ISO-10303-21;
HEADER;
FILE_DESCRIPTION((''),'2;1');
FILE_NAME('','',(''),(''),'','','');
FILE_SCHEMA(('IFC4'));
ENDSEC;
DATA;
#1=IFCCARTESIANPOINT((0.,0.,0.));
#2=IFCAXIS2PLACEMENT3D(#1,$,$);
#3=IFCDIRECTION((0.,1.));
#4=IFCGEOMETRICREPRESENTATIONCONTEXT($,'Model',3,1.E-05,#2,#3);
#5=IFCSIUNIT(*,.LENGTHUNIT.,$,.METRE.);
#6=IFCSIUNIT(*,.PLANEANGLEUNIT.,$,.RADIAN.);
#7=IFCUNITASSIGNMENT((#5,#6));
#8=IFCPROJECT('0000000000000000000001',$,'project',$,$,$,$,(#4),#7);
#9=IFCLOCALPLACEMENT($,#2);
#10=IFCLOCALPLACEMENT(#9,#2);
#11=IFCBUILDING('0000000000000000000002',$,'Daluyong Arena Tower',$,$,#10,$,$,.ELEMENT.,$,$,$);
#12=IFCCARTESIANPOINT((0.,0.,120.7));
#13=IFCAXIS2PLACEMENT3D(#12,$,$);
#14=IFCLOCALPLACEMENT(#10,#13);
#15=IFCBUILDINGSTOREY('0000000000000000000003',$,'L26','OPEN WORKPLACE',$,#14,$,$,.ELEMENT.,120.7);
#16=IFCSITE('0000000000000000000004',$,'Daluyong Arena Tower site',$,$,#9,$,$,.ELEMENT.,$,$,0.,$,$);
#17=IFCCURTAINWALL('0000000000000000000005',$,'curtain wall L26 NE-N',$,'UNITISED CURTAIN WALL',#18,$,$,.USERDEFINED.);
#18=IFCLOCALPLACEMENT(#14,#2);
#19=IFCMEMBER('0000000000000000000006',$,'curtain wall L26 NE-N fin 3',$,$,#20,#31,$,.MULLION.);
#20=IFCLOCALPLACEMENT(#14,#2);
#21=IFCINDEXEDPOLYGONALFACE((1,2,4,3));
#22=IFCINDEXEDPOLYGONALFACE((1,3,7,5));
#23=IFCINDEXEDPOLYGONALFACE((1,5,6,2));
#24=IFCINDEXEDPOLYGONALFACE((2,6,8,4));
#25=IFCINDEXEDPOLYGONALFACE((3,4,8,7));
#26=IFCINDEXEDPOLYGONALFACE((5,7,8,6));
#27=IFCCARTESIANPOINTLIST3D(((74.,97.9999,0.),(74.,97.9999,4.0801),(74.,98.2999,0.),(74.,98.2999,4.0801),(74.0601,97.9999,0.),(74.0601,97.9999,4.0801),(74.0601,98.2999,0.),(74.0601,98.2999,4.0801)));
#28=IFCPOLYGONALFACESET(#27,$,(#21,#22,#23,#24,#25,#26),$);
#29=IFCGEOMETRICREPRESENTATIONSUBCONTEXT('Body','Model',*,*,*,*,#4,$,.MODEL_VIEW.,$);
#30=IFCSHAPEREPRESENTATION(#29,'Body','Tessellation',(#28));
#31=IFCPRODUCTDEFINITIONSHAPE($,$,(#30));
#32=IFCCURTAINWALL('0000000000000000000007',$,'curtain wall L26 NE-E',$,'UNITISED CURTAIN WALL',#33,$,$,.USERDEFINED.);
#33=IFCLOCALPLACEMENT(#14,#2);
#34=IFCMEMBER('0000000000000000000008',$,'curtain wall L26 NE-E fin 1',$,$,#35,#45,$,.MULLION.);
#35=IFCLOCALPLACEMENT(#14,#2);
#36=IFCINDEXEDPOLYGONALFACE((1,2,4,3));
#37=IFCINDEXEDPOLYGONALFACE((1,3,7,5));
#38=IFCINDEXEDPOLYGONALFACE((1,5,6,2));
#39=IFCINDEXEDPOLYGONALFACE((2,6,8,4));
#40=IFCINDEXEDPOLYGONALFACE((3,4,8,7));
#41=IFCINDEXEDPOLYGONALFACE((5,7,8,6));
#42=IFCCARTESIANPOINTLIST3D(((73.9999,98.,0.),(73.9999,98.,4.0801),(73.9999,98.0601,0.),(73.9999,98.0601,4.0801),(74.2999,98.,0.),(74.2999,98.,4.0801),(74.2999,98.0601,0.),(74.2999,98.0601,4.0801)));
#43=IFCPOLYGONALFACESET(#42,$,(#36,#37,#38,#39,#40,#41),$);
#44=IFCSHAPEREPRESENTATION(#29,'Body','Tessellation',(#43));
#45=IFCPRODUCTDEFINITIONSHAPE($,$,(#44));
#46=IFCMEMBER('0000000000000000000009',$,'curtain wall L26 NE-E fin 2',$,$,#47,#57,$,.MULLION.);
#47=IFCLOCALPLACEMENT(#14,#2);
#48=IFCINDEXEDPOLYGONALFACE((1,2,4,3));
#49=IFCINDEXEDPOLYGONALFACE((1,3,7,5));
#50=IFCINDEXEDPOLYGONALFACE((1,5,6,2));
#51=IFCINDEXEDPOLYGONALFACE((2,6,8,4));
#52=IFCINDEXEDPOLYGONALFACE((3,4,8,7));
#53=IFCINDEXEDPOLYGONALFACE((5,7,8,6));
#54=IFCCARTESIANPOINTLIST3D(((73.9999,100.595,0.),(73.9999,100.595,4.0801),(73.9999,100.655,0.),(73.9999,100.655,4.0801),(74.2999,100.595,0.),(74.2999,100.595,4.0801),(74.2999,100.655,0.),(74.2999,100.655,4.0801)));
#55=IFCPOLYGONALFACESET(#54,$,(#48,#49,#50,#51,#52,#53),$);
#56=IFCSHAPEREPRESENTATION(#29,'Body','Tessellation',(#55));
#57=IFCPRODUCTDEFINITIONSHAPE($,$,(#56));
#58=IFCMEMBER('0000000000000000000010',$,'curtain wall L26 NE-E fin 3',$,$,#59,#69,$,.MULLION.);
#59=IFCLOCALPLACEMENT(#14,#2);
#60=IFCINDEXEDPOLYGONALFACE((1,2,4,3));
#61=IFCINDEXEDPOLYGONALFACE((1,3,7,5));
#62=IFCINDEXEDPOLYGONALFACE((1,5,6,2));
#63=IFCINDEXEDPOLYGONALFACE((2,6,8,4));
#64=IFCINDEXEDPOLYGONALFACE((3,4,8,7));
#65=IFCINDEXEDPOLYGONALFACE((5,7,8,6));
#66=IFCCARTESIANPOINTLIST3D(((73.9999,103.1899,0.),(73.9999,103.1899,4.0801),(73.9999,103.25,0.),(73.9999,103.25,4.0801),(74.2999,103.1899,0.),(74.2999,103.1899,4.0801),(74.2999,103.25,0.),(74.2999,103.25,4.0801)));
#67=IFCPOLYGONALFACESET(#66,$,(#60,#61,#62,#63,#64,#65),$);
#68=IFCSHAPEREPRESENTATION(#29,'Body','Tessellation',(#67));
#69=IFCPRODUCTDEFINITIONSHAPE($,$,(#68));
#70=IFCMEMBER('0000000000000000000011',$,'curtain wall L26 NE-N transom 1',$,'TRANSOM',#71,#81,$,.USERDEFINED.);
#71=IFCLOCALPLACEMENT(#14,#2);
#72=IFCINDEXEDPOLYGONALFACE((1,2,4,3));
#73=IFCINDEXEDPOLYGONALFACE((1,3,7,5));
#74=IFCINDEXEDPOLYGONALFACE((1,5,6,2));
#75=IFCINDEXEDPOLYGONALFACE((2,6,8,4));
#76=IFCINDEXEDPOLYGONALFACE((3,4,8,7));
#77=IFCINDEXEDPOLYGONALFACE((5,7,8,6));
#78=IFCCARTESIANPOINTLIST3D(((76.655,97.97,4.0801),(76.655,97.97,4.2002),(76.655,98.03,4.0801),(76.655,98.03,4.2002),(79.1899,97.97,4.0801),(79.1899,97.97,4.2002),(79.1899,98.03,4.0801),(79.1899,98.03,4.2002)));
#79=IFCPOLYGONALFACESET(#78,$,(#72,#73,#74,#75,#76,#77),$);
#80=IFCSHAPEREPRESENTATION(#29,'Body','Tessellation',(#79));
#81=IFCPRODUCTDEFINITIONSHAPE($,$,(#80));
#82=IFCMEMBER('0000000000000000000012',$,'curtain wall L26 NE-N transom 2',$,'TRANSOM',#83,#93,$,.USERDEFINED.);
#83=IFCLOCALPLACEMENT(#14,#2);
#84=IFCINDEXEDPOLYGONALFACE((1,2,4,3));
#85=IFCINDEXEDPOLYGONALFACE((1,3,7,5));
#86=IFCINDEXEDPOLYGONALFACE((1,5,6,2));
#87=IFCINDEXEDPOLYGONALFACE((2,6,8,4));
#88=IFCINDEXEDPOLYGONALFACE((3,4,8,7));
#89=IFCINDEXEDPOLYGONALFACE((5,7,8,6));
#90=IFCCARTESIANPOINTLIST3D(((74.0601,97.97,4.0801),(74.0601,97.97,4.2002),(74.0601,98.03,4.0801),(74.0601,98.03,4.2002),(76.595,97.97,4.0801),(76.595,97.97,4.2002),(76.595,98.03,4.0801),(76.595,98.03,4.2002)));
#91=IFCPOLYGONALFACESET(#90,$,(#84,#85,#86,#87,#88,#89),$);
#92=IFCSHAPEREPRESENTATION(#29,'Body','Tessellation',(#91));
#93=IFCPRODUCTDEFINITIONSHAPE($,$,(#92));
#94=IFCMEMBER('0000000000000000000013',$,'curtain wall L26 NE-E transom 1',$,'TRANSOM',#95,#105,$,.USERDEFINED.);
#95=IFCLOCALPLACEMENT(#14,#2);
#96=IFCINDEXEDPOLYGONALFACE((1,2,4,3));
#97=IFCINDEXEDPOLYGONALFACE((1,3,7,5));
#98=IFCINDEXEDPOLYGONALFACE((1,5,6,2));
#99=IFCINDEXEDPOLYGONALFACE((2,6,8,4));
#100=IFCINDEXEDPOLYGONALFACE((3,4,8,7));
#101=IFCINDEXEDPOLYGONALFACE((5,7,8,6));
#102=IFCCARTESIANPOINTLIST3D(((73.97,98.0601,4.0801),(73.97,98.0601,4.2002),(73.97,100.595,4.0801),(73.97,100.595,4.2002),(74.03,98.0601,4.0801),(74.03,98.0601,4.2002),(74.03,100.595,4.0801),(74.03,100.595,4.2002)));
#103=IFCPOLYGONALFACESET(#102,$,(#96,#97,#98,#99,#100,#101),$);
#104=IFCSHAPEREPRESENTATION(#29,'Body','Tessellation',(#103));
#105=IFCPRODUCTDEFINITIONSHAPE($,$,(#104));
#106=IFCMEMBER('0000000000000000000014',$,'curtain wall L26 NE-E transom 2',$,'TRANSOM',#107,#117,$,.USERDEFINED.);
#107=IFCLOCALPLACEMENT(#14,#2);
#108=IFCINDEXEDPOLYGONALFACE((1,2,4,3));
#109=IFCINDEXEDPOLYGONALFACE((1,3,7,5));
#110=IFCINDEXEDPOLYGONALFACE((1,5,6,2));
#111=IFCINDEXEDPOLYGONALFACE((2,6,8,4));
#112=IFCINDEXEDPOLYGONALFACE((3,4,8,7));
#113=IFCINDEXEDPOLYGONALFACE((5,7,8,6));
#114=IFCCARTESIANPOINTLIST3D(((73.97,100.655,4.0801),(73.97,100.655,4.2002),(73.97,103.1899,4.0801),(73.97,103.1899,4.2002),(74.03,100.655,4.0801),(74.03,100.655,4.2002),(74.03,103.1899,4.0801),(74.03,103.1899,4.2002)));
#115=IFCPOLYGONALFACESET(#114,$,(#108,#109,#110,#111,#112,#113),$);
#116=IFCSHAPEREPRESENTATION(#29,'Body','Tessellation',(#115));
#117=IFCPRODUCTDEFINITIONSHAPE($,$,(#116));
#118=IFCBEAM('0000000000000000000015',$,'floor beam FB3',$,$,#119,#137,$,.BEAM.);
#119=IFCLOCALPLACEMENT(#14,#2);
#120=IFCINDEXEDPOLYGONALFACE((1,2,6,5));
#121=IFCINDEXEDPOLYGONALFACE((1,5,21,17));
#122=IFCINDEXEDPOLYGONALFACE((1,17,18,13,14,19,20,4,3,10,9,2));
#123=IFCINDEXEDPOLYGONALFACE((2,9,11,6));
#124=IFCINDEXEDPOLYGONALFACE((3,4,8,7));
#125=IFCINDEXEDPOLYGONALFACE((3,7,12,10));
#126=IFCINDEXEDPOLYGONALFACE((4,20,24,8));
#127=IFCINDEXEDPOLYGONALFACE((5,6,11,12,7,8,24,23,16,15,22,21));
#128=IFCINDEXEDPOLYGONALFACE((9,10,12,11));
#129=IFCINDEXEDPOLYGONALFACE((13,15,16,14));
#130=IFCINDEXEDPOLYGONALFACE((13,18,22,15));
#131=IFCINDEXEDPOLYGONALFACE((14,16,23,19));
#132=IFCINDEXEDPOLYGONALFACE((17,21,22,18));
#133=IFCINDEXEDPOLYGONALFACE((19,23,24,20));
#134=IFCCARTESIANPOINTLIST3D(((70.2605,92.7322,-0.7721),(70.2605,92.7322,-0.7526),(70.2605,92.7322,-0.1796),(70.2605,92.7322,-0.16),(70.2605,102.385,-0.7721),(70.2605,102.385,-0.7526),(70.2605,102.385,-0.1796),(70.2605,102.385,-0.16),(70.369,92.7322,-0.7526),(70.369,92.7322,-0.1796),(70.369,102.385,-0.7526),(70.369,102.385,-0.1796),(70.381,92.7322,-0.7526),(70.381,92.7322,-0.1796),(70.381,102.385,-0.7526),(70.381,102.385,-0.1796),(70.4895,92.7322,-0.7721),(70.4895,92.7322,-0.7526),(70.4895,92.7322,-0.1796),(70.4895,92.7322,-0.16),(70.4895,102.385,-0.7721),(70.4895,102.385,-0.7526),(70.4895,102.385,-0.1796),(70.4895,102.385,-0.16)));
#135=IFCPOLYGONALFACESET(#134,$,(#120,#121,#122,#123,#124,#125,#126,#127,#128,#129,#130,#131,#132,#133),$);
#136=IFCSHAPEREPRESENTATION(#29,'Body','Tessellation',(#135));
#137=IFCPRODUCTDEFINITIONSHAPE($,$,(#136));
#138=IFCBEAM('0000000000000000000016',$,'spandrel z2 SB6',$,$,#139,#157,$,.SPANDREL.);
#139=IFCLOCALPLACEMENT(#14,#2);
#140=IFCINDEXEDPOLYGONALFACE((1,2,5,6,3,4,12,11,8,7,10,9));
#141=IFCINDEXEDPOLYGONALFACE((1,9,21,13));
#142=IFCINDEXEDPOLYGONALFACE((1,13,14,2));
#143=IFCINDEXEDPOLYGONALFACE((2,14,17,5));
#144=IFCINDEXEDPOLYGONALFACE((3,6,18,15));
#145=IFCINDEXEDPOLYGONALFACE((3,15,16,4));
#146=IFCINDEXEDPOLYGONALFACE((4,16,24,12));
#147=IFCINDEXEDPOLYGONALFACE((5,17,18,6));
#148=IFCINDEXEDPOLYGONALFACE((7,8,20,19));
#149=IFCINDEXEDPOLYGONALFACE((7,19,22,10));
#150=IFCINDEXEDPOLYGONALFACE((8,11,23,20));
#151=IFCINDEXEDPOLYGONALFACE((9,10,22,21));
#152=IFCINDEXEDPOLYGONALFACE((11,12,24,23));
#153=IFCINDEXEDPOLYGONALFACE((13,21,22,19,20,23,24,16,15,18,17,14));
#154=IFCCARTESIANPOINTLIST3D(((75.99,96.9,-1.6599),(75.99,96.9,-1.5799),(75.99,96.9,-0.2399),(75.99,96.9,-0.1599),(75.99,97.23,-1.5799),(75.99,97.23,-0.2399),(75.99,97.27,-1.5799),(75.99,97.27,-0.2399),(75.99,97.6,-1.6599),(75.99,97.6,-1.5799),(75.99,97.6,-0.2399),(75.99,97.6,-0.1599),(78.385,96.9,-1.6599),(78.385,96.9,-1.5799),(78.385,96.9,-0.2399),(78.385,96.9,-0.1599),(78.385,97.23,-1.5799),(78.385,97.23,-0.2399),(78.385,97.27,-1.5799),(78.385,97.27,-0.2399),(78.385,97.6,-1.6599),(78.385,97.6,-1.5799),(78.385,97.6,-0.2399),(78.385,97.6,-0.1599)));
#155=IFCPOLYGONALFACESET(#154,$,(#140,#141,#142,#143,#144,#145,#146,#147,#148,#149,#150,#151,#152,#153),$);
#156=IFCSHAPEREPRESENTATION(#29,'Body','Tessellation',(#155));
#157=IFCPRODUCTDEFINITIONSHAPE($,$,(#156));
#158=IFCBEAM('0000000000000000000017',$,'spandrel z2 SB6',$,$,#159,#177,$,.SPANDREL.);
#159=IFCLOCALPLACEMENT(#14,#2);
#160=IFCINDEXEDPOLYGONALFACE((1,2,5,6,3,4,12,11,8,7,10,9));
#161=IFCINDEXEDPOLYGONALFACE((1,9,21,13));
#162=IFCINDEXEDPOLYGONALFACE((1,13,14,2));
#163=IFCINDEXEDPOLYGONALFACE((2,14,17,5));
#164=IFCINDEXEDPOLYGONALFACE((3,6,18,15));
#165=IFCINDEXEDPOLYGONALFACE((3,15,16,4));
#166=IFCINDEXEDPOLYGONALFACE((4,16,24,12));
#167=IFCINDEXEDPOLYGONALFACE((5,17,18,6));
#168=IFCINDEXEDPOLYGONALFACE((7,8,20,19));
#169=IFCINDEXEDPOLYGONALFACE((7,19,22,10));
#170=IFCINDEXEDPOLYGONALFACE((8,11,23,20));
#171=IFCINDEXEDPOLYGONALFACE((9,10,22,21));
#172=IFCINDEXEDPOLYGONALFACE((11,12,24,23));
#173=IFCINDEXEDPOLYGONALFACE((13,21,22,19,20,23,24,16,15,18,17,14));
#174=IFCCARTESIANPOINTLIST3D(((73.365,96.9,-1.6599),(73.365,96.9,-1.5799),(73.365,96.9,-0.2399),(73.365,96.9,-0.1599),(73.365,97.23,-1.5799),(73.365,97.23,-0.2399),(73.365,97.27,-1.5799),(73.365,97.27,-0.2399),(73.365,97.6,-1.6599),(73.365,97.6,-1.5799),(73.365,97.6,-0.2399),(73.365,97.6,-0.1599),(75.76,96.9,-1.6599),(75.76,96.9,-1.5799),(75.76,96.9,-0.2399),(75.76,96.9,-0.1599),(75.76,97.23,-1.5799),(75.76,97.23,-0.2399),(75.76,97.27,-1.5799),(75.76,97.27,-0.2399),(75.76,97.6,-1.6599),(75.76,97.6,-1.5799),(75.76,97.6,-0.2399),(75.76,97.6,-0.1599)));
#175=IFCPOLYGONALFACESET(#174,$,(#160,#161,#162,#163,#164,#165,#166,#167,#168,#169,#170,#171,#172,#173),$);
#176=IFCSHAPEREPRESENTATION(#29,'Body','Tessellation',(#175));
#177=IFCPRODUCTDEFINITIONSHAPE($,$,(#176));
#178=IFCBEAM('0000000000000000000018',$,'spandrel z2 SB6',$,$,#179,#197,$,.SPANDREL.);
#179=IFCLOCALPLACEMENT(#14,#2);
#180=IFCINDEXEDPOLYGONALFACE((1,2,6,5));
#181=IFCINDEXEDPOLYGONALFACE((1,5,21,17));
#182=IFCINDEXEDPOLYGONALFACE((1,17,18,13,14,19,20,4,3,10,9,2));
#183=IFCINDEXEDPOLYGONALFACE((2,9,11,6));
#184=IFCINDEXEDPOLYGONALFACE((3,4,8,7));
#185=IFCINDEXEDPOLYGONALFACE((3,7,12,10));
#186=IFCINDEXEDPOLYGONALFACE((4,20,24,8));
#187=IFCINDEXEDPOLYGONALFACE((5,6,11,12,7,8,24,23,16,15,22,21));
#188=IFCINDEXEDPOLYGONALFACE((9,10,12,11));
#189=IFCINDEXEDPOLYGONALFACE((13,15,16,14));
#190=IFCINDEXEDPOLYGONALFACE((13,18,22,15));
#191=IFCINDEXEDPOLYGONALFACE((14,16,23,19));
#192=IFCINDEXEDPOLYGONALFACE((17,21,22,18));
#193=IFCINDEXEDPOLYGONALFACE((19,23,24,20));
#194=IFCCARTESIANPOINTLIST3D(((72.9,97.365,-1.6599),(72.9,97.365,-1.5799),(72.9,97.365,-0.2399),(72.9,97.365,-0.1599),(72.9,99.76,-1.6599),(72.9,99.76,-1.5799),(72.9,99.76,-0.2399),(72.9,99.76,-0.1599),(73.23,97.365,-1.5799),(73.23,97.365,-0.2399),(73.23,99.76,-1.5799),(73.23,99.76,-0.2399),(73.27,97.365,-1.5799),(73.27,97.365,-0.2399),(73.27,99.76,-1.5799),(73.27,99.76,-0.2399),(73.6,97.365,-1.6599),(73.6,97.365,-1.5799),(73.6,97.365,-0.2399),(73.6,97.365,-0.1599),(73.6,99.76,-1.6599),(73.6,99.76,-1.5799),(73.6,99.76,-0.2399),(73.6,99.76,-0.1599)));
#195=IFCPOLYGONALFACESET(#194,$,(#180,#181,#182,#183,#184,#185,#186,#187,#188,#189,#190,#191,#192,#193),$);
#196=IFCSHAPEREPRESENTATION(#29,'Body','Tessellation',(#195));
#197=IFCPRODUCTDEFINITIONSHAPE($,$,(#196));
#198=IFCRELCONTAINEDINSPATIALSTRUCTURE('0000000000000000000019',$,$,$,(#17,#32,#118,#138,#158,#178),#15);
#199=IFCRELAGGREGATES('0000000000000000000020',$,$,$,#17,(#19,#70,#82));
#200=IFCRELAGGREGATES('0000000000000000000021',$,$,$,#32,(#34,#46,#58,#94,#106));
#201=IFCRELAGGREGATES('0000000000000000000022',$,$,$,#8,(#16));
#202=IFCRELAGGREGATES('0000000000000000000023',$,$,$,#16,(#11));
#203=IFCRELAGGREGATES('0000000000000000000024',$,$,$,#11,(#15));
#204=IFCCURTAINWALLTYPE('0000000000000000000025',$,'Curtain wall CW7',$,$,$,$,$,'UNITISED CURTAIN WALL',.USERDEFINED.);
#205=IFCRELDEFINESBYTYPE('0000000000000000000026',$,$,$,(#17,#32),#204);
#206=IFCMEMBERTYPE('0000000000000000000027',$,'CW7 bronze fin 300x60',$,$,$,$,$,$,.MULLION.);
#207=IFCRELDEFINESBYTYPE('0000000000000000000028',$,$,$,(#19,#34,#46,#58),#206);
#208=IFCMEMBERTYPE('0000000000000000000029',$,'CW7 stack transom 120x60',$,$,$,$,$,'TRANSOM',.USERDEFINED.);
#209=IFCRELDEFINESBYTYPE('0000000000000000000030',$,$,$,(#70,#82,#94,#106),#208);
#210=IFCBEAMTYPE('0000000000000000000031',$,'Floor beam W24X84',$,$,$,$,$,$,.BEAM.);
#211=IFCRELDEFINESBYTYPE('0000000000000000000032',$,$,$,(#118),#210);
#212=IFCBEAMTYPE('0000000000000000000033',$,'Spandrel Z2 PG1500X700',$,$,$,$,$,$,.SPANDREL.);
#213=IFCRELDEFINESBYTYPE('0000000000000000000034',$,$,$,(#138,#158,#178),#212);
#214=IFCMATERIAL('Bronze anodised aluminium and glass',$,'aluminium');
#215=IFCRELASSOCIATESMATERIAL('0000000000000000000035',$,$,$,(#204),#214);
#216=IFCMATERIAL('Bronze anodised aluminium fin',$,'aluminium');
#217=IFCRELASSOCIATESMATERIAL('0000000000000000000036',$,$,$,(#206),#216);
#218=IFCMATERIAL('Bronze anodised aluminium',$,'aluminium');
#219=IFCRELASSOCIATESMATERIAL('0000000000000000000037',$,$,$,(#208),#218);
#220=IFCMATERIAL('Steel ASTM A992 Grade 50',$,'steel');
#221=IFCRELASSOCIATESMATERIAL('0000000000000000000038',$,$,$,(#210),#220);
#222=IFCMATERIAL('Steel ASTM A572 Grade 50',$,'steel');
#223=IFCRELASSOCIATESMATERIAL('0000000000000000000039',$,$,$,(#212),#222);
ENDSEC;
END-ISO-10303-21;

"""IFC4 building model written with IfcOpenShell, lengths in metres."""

from ifc_helpers import new_model, si_unit, direction, frame, origin, origin_2d, place, context, subcontext, project, spatial, rectangle, i_section, extrude, material, material_profile, profile_set, type_object, element, aggregate, save


model = new_model("IFC4")

# Units and contexts
model_context = context("Model", 3, precision=1e-05, world=origin(), true_north=direction((0.0, 1.0)))
body_context = subcontext(model_context, "Body", "Model", "MODEL_VIEW")
ifc_project = project(units=[si_unit("LENGTHUNIT", "METRE"), si_unit("PLANEANGLEUNIT", "RADIAN")], contexts=[model_context])

# Site, building, storey
site_placement = place(None, origin())
site = spatial("IfcSite", under=ifc_project, at=site_placement, Name="Daluyong Arena Tower site", CompositionType="ELEMENT", RefElevation=0.0)
building_placement = place(site_placement, origin())
building = spatial("IfcBuilding", under=site, at=building_placement, Name="Daluyong Arena Tower", CompositionType="ELEMENT")
storey_placement = place(building_placement, frame((0.0, 0.0, 120.7)))
storey = spatial("IfcBuildingStorey", under=building, at=storey_placement, Name="L26", Description="OPEN WORKPLACE", CompositionType="ELEMENT", Elevation=120.7)

# Curtain walls, members
ifc_material_1 = material(Name="Bronze anodised aluminium and glass", Category="aluminium")
curtain_wall_type_1 = type_object("IfcCurtainWallType", Name="Curtain wall CW7", ElementType="UNITISED CURTAIN WALL", PredefinedType="USERDEFINED", material=ifc_material_1)
curtain_wall_1_placement = place(storey_placement, origin())
curtain_wall_1 = element("IfcCurtainWall", 1, at=curtain_wall_1_placement, inside=storey, type_object=curtain_wall_type_1, Name="curtain wall L26 NE-N", ObjectType="UNITISED CURTAIN WALL", PredefinedType="USERDEFINED")
ifc_material_2 = material(Name="Bronze anodised aluminium fin", Category="aluminium")
ifc_material_profile_1 = material_profile(ifc_material_2, rectangle(XDim=0.3, YDim=0.0601, at=origin_2d()))
ifc_profile_set_1 = profile_set([ifc_material_profile_1], Name="Bronze anodised aluminium fin")
member_type_1 = type_object("IfcMemberType", Name="CW7 bronze fin 300x60", PredefinedType="MULLION", material=ifc_profile_set_1)
member_1_placement = place(storey_placement, frame((74.03, 98.1499, 0.0), z_axis=(0.0, 0.0, 1.0), x_axis=(0.0, -1.0, 0.0)))
member_1 = element("IfcMember", 2, at=member_1_placement, type_object=member_type_1, Name="curtain wall L26 NE-N fin 3", PredefinedType="MULLION", context=body_context, shape_type="SweptSolid", body=[
    extrude(rectangle(XDim=0.3, YDim=0.0601, at=origin_2d()), origin(), (0.0, 0.0, 1.0), 4.0801),
])
curtain_wall_2_placement = place(storey_placement, origin())
curtain_wall_2 = element("IfcCurtainWall", 3, at=curtain_wall_2_placement, inside=storey, type_object=curtain_wall_type_1, Name="curtain wall L26 NE-E", ObjectType="UNITISED CURTAIN WALL", PredefinedType="USERDEFINED")
member_2_placement = place(storey_placement, frame((74.1499, 98.03, 0.0), z_axis=(0.0, 0.0, 1.0), x_axis=(-1.0, 0.0, 0.0)))
member_2 = element("IfcMember", 4, at=member_2_placement, type_object=member_type_1, Name="curtain wall L26 NE-E fin 1", PredefinedType="MULLION", context=body_context, shape_type="SweptSolid", body=[
    extrude(rectangle(XDim=0.3, YDim=0.0601, at=origin_2d()), origin(), (0.0, 0.0, 1.0), 4.0801),
])
member_3_placement = place(storey_placement, frame((74.1499, 100.625, 0.0), z_axis=(0.0, 0.0, 1.0), x_axis=(-1.0, 0.0, 0.0)))
member_3 = element("IfcMember", 5, at=member_3_placement, type_object=member_type_1, Name="curtain wall L26 NE-E fin 2", PredefinedType="MULLION", context=body_context, shape_type="SweptSolid", body=[
    extrude(rectangle(XDim=0.3, YDim=0.0601, at=origin_2d()), origin(), (0.0, 0.0, 1.0), 4.0801),
])
member_4_placement = place(storey_placement, frame((74.1499, 103.22, 0.0), z_axis=(0.0, 0.0, 1.0), x_axis=(-1.0, 0.0, 0.0)))
member_4 = element("IfcMember", 6, at=member_4_placement, type_object=member_type_1, Name="curtain wall L26 NE-E fin 3", PredefinedType="MULLION", context=body_context, shape_type="SweptSolid", body=[
    extrude(rectangle(XDim=0.3, YDim=0.0601, at=origin_2d()), origin(), (0.0, 0.0, 1.0), 4.0801),
])

# Members
ifc_material_3 = material(Name="Bronze anodised aluminium", Category="aluminium")
ifc_material_profile_2 = material_profile(ifc_material_3, rectangle(XDim=0.0601, YDim=0.1201, at=origin_2d()))
ifc_profile_set_2 = profile_set([ifc_material_profile_2], Name="Bronze anodised aluminium")
member_type_2 = type_object("IfcMemberType", Name="CW7 stack transom 120x60", ElementType="TRANSOM", PredefinedType="USERDEFINED", material=ifc_profile_set_2)
member_5_placement = place(storey_placement, frame((79.1899, 98.0, 4.1401), z_axis=(-1.0, 0.0, 0.0), x_axis=(0.0, -1.0, 0.0)))
member_5 = element("IfcMember", 7, at=member_5_placement, type_object=member_type_2, Name="curtain wall L26 NE-N transom 1", ObjectType="TRANSOM", PredefinedType="USERDEFINED", context=body_context, shape_type="SweptSolid", body=[
    extrude(rectangle(XDim=0.0601, YDim=0.1201, at=origin_2d()), origin(), (0.0, 0.0, 1.0), 2.5349),
])
member_6_placement = place(storey_placement, frame((76.595, 98.0, 4.1401), z_axis=(-1.0, 0.0, 0.0), x_axis=(0.0, -1.0, 0.0)))
member_6 = element("IfcMember", 8, at=member_6_placement, type_object=member_type_2, Name="curtain wall L26 NE-N transom 2", ObjectType="TRANSOM", PredefinedType="USERDEFINED", context=body_context, shape_type="SweptSolid", body=[
    extrude(rectangle(XDim=0.0601, YDim=0.1201, at=origin_2d()), origin(), (0.0, 0.0, 1.0), 2.5349),
])
member_7_placement = place(storey_placement, frame((74.0, 98.0601, 4.1401), z_axis=(0.0, 1.0, 0.0), x_axis=(-1.0, 0.0, 0.0)))
member_7 = element("IfcMember", 9, at=member_7_placement, type_object=member_type_2, Name="curtain wall L26 NE-E transom 1", ObjectType="TRANSOM", PredefinedType="USERDEFINED", context=body_context, shape_type="SweptSolid", body=[
    extrude(rectangle(XDim=0.0601, YDim=0.1201, at=origin_2d()), origin(), (0.0, 0.0, 1.0), 2.5349),
])
member_8_placement = place(storey_placement, frame((74.0, 100.655, 4.1401), z_axis=(0.0, 1.0, 0.0), x_axis=(-1.0, 0.0, 0.0)))
member_8 = element("IfcMember", 10, at=member_8_placement, type_object=member_type_2, Name="curtain wall L26 NE-E transom 2", ObjectType="TRANSOM", PredefinedType="USERDEFINED", context=body_context, shape_type="SweptSolid", body=[
    extrude(rectangle(XDim=0.0601, YDim=0.1201, at=origin_2d()), origin(), (0.0, 0.0, 1.0), 2.5349),
])

# Beams
ifc_material_4 = material(Name="Steel ASTM A992 Grade 50", Category="steel")
ifc_material_profile_3 = material_profile(ifc_material_4, i_section(OverallWidth=0.229, OverallDepth=0.6121, WebThickness=0.012, FlangeThickness=0.0195, at=origin_2d()))
ifc_profile_set_3 = profile_set([ifc_material_profile_3], Name="Steel ASTM A992 Grade 50")
beam_type_1 = type_object("IfcBeamType", Name="Floor beam W24X84", PredefinedType="BEAM", material=ifc_profile_set_3)
beam_placement = place(storey_placement, frame((70.375, 102.385, -0.4661), z_axis=(0.0, -1.0, 0.0), x_axis=(1.0, 0.0, 0.0)))
element("IfcBeam", 11, at=beam_placement, inside=storey, type_object=beam_type_1, Name="floor beam FB3", PredefinedType="BEAM", context=body_context, shape_type="SweptSolid", body=[
    extrude(i_section(OverallWidth=0.229, OverallDepth=0.6121, WebThickness=0.012, FlangeThickness=0.0195, at=origin_2d()), origin(), (0.0, 0.0, 1.0), 9.6528),
])
ifc_material_5 = material(Name="Steel ASTM A572 Grade 50", Category="steel")
ifc_material_profile_4 = material_profile(ifc_material_5, i_section(OverallWidth=0.7, OverallDepth=1.5, WebThickness=0.04, FlangeThickness=0.08, at=origin_2d()))
ifc_profile_set_4 = profile_set([ifc_material_profile_4], Name="Steel ASTM A572 Grade 50")
beam_type_2 = type_object("IfcBeamType", Name="Spandrel Z2 PG1500X700", PredefinedType="SPANDREL", material=ifc_profile_set_4)
for number, where, z_axis, x_axis, name in (
    (12, (78.385, 97.25, -0.9099), (-1.0, 0.0, 0.0), (0.0, -1.0, 0.0), "spandrel z2 SB6"),
    (13, (75.76, 97.25, -0.9099), (-1.0, 0.0, 0.0), (0.0, -1.0, 0.0), "spandrel z2 SB6"),
    (14, (73.25, 97.365, -0.9099), (0.0, 1.0, 0.0), (-1.0, 0.0, 0.0), "spandrel z2 SB6"),
):
    element("IfcBeam", number, at=place(storey_placement, frame(where, z_axis=z_axis, x_axis=x_axis)), inside=storey, type_object=beam_type_2, Name=name, PredefinedType="SPANDREL", context=body_context, shape_type="SweptSolid", body=[
        extrude(i_section(OverallWidth=0.7, OverallDepth=1.5, WebThickness=0.04, FlangeThickness=0.08, at=origin_2d()), origin(), (0.0, 0.0, 1.0), 2.395),
    ])

aggregate(curtain_wall_1, [member_1, member_5, member_6])
aggregate(curtain_wall_2, [member_2, member_3, member_4, member_7, member_8])

save(model, "model.ifc")
